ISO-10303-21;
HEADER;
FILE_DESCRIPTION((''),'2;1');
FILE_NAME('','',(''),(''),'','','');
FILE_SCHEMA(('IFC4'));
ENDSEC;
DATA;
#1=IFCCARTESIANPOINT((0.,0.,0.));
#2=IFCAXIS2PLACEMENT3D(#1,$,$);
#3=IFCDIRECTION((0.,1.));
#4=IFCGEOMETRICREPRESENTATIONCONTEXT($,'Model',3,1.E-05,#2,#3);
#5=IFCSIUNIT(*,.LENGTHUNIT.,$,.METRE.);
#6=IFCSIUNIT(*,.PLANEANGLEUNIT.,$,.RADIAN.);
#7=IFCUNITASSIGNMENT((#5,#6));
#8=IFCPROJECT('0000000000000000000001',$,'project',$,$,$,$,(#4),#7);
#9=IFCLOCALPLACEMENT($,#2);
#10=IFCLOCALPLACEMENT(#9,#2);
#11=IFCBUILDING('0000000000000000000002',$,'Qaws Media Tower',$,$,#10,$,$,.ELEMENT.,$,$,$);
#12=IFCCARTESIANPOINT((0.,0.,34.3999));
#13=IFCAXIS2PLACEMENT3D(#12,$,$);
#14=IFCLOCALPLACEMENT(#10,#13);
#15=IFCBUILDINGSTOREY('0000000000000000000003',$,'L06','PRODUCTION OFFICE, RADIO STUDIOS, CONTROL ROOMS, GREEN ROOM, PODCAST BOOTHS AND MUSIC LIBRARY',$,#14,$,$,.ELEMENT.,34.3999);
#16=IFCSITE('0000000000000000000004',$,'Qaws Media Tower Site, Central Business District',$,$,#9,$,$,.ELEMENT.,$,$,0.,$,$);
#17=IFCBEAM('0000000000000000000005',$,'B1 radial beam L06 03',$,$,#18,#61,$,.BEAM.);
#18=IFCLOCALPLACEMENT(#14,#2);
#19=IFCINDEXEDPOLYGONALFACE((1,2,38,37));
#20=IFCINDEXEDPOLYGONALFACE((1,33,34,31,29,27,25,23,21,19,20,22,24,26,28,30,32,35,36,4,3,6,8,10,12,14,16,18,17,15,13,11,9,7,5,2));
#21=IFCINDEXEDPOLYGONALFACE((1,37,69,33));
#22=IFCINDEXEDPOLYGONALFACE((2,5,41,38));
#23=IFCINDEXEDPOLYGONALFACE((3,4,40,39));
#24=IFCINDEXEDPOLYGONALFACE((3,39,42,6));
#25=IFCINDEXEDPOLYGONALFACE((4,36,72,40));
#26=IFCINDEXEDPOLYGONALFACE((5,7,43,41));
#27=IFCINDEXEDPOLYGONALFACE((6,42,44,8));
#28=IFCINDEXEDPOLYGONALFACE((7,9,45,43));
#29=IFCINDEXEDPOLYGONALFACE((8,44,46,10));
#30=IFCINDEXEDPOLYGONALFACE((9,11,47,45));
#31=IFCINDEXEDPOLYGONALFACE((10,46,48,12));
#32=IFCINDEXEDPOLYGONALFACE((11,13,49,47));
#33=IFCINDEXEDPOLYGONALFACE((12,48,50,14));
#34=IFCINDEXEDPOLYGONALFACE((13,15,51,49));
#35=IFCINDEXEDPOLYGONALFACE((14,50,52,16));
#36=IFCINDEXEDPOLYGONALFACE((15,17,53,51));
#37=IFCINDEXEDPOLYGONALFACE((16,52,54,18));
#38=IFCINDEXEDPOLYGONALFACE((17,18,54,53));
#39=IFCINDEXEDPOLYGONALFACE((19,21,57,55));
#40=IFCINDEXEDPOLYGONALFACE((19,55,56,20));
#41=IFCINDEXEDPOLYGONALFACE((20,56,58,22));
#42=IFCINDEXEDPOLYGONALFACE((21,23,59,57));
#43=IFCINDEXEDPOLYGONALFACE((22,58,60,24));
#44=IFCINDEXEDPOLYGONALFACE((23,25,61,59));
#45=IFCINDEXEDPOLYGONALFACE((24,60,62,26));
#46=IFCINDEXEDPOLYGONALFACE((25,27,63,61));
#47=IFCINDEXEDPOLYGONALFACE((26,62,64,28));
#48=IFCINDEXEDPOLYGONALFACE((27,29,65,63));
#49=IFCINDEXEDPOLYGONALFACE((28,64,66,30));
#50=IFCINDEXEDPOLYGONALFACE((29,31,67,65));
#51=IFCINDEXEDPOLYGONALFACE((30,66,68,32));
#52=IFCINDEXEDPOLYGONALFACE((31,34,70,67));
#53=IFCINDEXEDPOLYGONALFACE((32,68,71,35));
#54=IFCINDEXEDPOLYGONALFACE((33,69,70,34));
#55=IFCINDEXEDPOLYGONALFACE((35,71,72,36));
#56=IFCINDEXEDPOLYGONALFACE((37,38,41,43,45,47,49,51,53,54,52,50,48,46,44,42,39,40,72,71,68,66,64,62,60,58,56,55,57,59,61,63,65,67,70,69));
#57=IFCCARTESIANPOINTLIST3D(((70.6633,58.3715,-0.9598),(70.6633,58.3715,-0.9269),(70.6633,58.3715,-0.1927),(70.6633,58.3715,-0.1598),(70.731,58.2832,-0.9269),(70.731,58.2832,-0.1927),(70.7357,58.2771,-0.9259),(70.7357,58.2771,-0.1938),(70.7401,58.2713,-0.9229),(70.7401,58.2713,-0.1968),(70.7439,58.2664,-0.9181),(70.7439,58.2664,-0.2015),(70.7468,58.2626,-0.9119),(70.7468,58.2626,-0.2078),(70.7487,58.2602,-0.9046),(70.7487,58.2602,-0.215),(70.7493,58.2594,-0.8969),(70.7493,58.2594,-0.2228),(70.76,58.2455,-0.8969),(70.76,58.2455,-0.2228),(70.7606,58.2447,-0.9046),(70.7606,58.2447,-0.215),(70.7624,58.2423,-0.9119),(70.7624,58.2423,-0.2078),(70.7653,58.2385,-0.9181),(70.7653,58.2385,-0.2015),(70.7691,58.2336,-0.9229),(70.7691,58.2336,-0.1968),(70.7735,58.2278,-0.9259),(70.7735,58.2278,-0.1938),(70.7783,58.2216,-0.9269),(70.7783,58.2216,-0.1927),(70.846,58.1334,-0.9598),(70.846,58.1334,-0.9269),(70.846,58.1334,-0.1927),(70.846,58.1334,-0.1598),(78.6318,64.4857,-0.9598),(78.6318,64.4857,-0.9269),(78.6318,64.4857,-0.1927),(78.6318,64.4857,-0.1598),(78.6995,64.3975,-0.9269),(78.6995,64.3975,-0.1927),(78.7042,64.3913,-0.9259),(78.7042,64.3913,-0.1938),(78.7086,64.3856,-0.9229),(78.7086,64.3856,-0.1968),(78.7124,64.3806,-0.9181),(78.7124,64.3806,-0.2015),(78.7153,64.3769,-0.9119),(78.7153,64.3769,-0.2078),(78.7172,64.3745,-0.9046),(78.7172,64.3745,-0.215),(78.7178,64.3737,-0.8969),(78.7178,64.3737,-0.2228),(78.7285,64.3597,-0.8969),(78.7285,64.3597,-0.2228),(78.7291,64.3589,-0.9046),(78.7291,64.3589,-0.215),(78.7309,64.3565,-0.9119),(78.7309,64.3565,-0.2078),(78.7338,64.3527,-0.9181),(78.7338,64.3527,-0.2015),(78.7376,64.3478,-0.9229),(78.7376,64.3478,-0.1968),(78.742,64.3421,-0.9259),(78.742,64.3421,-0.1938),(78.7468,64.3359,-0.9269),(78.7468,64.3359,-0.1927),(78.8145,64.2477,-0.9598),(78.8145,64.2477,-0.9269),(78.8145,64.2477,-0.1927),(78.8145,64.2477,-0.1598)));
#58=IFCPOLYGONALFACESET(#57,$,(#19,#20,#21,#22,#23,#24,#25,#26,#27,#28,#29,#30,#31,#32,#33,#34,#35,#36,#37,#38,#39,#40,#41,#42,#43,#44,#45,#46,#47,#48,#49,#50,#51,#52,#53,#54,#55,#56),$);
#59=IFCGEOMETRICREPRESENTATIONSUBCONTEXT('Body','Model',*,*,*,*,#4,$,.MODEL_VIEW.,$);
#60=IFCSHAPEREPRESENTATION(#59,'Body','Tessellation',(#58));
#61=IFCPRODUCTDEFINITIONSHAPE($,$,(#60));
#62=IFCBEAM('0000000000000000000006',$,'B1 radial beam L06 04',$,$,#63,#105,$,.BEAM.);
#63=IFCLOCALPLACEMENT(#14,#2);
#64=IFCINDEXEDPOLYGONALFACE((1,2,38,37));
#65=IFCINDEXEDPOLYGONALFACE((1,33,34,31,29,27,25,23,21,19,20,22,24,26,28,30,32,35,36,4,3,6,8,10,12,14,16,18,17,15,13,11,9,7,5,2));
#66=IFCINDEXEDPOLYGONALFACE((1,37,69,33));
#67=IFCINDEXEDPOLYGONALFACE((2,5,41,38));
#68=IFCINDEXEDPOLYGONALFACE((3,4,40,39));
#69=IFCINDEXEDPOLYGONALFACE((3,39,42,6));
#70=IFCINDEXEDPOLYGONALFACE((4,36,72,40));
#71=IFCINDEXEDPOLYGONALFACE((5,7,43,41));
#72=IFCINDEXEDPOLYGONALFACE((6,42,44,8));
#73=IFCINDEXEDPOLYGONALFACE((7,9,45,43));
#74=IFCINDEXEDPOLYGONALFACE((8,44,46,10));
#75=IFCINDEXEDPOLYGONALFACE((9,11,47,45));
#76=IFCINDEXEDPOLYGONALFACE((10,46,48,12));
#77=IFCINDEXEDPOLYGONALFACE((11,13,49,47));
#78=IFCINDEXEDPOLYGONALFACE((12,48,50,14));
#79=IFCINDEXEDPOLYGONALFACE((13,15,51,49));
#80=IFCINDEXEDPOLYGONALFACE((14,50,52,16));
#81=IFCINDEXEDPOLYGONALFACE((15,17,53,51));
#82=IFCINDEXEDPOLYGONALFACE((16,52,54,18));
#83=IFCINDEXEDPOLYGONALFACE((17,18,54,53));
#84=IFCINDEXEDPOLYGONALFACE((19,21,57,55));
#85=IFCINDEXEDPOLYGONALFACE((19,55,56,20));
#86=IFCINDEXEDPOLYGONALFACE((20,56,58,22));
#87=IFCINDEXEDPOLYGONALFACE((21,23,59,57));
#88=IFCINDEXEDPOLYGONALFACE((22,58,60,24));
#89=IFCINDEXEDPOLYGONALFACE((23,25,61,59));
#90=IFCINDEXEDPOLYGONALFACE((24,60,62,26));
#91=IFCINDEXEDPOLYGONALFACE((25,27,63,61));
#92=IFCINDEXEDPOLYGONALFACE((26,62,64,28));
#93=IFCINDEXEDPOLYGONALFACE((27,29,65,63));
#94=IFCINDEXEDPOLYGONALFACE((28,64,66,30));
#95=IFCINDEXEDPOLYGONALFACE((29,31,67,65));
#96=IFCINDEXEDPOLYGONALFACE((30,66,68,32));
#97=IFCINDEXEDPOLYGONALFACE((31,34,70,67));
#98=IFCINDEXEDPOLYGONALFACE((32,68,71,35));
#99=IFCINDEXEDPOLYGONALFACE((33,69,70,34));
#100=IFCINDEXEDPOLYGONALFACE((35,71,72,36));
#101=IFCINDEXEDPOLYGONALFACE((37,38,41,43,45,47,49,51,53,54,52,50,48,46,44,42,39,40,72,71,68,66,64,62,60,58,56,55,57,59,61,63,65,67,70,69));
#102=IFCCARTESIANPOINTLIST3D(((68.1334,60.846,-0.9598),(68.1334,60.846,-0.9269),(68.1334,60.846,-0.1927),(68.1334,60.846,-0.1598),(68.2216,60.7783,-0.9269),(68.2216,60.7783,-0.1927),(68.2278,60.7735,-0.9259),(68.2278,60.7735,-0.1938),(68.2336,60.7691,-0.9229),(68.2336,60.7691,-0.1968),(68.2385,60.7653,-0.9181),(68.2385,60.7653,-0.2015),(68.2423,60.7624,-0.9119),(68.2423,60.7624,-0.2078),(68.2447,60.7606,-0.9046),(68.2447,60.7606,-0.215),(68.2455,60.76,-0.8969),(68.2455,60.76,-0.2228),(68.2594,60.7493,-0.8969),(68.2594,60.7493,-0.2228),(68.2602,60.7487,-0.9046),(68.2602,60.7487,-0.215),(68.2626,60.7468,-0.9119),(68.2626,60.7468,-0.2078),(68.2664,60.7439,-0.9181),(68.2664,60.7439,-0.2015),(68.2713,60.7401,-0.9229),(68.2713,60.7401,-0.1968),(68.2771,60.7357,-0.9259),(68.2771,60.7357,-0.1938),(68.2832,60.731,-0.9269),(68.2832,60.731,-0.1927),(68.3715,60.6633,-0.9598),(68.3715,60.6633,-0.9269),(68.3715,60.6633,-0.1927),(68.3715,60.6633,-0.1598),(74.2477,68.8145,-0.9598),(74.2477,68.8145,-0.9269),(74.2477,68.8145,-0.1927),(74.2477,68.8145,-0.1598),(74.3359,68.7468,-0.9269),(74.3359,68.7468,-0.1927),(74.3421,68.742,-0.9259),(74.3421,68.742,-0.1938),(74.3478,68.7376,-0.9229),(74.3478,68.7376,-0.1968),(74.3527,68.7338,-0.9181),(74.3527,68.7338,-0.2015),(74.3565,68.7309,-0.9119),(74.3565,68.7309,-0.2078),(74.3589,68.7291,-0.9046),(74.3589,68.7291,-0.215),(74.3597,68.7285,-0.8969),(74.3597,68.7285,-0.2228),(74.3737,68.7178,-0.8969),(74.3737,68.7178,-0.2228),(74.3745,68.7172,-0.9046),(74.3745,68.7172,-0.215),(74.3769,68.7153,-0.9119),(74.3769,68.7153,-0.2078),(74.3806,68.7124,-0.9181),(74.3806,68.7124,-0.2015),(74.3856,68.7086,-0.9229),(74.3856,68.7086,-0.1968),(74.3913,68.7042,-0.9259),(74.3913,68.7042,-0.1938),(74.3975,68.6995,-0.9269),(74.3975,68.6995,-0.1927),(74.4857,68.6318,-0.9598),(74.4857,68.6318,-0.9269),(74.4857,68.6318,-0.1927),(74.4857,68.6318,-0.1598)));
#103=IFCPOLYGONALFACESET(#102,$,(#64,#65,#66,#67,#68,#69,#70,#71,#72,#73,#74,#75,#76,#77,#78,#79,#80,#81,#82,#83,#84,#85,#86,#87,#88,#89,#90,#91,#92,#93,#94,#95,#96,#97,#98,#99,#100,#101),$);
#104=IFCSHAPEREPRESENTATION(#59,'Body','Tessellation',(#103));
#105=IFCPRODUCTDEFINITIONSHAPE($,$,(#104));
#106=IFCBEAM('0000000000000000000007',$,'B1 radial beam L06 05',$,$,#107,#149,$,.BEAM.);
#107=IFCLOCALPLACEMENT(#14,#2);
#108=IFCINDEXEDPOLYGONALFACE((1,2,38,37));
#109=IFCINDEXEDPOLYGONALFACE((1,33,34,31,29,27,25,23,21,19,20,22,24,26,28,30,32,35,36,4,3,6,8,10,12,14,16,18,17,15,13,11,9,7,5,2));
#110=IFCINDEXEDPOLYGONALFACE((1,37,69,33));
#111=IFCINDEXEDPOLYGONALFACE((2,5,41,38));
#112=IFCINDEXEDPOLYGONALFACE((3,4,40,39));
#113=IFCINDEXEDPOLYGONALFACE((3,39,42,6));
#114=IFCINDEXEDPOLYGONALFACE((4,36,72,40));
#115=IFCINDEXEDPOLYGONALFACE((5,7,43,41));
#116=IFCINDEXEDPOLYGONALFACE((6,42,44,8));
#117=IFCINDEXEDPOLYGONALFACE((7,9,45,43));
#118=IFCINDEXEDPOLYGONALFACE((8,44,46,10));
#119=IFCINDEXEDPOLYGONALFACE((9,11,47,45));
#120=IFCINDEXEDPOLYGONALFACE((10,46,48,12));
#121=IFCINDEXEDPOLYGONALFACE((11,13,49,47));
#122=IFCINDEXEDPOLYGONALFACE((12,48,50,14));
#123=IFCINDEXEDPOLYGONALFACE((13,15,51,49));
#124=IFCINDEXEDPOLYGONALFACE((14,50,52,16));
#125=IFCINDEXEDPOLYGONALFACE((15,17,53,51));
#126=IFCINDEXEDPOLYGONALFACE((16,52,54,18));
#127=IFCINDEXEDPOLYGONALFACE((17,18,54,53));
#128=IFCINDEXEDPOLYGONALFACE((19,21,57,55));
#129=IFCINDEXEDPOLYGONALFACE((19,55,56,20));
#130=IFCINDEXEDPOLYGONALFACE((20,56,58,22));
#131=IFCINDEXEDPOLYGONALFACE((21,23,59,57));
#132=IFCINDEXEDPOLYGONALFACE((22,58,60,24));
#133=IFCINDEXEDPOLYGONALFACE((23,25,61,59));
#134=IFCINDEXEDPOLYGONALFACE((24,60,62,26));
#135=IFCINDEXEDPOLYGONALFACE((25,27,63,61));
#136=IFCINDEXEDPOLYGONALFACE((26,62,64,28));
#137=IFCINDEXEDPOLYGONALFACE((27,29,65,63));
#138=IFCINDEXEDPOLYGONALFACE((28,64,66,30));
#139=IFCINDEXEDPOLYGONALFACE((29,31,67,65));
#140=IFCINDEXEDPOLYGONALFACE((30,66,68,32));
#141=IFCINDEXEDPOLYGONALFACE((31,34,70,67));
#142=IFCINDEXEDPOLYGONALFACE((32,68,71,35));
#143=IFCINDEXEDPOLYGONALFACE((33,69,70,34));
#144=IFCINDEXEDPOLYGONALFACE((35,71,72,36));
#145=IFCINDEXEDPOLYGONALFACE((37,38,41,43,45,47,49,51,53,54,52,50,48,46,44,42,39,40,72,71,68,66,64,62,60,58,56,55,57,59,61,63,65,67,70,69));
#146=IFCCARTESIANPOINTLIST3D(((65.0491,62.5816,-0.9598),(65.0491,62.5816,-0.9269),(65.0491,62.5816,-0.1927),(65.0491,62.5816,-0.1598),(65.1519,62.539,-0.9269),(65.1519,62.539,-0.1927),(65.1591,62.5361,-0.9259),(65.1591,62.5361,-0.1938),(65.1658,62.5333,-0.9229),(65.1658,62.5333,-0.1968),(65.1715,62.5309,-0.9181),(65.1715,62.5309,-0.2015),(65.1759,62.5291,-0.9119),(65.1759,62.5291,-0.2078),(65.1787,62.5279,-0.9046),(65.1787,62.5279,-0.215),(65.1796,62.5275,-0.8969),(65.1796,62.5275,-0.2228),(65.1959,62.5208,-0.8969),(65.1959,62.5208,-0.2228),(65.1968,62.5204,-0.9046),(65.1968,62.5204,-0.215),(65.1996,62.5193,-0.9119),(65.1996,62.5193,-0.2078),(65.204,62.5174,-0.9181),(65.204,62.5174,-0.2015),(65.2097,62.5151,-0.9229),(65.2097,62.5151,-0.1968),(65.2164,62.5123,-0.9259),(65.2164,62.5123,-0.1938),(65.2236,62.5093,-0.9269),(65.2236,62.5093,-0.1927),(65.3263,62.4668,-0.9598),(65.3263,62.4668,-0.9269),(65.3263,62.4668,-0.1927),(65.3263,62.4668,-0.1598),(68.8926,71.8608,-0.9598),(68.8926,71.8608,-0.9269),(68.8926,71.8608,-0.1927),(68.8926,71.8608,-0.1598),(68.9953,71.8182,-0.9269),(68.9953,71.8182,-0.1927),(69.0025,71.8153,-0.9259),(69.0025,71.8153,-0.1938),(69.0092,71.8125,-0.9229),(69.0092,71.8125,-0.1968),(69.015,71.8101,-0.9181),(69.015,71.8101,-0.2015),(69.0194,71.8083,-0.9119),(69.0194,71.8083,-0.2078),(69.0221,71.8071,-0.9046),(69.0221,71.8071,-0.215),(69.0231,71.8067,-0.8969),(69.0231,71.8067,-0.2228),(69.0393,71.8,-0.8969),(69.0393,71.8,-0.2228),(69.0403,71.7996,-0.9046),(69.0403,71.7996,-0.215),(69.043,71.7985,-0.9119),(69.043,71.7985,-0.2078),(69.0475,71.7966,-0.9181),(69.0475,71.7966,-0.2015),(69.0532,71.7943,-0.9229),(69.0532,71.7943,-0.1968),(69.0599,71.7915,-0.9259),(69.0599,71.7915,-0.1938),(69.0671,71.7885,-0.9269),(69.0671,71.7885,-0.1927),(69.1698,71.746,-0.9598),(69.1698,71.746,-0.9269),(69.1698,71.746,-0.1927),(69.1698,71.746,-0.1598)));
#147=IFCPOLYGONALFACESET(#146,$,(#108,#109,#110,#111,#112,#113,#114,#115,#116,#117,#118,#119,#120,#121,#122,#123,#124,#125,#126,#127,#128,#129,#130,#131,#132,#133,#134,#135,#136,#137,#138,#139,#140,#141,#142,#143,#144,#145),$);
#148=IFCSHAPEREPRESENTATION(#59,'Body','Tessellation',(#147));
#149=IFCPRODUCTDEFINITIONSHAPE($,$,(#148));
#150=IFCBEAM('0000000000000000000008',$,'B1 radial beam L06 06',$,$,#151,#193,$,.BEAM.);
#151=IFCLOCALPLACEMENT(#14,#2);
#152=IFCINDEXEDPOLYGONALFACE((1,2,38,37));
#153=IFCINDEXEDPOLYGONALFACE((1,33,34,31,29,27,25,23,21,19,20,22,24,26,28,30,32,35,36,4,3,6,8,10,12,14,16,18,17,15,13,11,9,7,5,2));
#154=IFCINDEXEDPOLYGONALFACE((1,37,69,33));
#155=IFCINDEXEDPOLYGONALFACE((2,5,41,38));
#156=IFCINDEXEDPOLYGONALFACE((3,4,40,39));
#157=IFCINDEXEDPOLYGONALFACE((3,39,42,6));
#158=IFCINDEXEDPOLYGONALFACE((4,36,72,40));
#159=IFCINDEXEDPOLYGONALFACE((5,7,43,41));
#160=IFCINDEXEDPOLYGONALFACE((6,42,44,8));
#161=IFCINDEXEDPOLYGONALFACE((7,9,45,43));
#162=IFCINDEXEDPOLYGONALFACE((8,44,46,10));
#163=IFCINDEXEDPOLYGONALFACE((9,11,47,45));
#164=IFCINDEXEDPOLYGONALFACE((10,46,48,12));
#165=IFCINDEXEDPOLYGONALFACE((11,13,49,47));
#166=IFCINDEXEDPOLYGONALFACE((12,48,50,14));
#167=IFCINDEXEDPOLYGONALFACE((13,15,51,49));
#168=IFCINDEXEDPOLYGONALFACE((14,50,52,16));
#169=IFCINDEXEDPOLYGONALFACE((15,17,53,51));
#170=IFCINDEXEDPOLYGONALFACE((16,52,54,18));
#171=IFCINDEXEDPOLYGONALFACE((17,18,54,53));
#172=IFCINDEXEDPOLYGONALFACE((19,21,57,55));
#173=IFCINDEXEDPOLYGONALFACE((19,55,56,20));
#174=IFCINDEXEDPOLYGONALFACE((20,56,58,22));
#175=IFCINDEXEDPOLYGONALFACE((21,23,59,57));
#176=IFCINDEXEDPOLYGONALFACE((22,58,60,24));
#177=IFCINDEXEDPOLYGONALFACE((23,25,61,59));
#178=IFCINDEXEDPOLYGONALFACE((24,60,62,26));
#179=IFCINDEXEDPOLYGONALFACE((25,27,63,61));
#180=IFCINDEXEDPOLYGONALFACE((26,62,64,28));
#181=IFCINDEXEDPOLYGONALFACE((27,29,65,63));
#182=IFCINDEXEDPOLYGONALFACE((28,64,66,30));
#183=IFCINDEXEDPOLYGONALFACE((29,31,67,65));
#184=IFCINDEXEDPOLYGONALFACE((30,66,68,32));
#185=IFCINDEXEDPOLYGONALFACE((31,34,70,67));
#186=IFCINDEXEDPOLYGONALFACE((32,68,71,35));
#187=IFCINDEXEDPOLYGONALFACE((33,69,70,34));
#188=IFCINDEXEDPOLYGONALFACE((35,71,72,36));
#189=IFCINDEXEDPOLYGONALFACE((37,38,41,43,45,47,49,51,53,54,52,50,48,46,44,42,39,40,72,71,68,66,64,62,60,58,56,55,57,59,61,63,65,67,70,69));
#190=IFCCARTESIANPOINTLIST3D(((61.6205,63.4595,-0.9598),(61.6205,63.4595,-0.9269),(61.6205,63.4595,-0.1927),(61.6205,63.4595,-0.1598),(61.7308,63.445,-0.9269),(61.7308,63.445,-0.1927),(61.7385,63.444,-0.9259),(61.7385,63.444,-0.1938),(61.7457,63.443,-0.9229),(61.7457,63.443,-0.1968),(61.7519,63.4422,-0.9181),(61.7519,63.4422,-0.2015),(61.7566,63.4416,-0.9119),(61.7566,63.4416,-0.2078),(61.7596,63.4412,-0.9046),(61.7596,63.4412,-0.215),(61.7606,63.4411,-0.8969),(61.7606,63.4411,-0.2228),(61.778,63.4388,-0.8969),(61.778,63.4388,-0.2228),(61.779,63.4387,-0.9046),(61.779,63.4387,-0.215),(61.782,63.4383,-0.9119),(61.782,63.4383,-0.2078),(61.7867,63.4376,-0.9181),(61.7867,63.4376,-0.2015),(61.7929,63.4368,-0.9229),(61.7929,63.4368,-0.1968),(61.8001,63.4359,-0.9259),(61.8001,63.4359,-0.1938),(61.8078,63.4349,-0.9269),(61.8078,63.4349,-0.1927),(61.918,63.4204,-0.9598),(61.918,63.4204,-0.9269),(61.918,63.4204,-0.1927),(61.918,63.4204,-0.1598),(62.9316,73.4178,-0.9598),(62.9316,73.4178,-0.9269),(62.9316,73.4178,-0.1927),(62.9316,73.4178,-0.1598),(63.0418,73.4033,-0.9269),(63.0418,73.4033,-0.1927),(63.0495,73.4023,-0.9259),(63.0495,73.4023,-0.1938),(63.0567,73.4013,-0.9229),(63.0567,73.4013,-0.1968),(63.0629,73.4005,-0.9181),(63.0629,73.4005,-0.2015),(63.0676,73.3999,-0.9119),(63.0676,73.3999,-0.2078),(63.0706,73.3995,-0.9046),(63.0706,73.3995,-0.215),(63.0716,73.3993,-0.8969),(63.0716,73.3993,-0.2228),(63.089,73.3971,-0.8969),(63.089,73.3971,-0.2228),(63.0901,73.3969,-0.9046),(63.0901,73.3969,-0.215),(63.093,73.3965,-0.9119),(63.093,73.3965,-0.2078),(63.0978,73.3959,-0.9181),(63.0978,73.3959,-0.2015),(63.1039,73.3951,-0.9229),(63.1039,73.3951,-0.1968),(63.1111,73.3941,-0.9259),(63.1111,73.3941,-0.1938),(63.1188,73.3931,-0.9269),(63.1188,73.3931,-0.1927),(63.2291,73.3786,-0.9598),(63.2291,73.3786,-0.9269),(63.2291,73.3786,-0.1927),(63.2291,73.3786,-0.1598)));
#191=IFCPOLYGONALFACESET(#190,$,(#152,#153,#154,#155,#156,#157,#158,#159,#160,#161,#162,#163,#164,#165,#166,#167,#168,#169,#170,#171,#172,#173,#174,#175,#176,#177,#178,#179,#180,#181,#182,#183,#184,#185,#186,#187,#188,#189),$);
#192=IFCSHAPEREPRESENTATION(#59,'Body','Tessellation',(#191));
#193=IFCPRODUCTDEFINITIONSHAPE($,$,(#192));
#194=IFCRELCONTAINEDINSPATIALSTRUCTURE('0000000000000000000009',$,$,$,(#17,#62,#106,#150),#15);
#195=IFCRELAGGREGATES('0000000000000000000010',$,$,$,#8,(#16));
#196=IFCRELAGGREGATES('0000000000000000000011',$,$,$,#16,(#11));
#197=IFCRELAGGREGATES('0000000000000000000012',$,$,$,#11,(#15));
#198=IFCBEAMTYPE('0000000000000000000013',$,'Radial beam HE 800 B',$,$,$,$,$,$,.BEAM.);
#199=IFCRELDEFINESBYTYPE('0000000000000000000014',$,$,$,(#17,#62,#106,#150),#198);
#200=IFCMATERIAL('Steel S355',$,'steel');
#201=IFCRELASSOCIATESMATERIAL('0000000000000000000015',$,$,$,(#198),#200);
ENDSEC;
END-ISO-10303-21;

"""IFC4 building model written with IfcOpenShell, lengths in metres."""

from ifc_helpers import new_model, si_unit, direction, frame, origin, origin_2d, place, context, subcontext, project, spatial, i_section, extrude, material, material_profile, profile_set, type_object, element, save


model = new_model("IFC4")

# Units and contexts
model_context = context("Model", 3, precision=1e-05, world=origin(), true_north=direction((0.0, 1.0)))
body_context = subcontext(model_context, "Body", "Model", "MODEL_VIEW")
ifc_project = project(units=[si_unit("LENGTHUNIT", "METRE"), si_unit("PLANEANGLEUNIT", "RADIAN")], contexts=[model_context])

# Site, building, storey
site_placement = place(None, origin())
site = spatial("IfcSite", under=ifc_project, at=site_placement, Name="Qaws Media Tower Site, Central Business District", CompositionType="ELEMENT", RefElevation=0.0)
building_placement = place(site_placement, origin())
building = spatial("IfcBuilding", under=site, at=building_placement, Name="Qaws Media Tower", CompositionType="ELEMENT")
storey_placement = place(building_placement, frame((0.0, 0.0, 34.3999)))
storey = spatial("IfcBuildingStorey", under=building, at=storey_placement, Name="L06", Description="PRODUCTION OFFICE, RADIO STUDIOS, CONTROL ROOMS, GREEN ROOM, PODCAST BOOTHS AND MUSIC LIBRARY", CompositionType="ELEMENT", Elevation=34.3999)

# Beams
ifc_material_1 = material(Name="Steel S355", Category="steel")
ifc_material_profile_1 = material_profile(ifc_material_1, i_section(OverallWidth=0.3, OverallDepth=0.8, WebThickness=0.0176, FlangeThickness=0.033, FilletRadius=0.03, at=origin_2d()), Name="HE 800 B")
ifc_profile_set_1 = profile_set([ifc_material_profile_1], Name="Steel S355")
beam_type_1 = type_object("IfcBeamType", Name="Radial beam HE 800 B", PredefinedType="BEAM", material=ifc_profile_set_1)
for number, where, z_axis, x_axis, name in (
    (1, (70.7546, 58.2524, -0.5598), (0.793363, 0.608749, 0.0), (-0.608749, 0.793363, 0.0), "B1 radial beam L06 03"),
    (2, (68.2524, 60.7546, -0.5598), (0.608749, 0.793363, 0.0), (-0.793363, 0.608749, 0.0), "B1 radial beam L06 04"),
):
    element("IfcBeam", number, at=place(storey_placement, frame(where, z_axis=z_axis, x_axis=x_axis)), inside=storey, type_object=beam_type_1, Name=name, PredefinedType="BEAM", context=body_context, shape_type="SweptSolid", body=[
        extrude(i_section(OverallWidth=0.3, OverallDepth=0.8, WebThickness=0.0176, FlangeThickness=0.033, FilletRadius=0.03, at=origin_2d()), origin(), (0.0, 0.0, 1.0), 10.0439),
    ])
beam_1_placement = place(storey_placement, frame((65.1877, 62.5242, -0.5598), z_axis=(0.382675, 0.923883, 0.0), x_axis=(-0.923883, 0.382675, 0.0)))
element("IfcBeam", 3, at=beam_1_placement, inside=storey, type_object=beam_type_1, Name="B1 radial beam L06 05", PredefinedType="BEAM", context=body_context, shape_type="SweptSolid", body=[
    extrude(i_section(OverallWidth=0.3, OverallDepth=0.8, WebThickness=0.0176, FlangeThickness=0.033, FilletRadius=0.03, at=origin_2d()), origin(), (0.0, 0.0, 1.0), 10.0437),
])
for number, where, z_axis, x_axis, name in (
    (4, (61.7693, 63.4399, -0.5598), (0.130527, 0.991445, 0.0), (-0.991445, 0.130527, 0.0), "B1 radial beam L06 06"),
):
    element("IfcBeam", number, at=place(storey_placement, frame(where, z_axis=z_axis, x_axis=x_axis)), inside=storey, type_object=beam_type_1, Name=name, PredefinedType="BEAM", context=body_context, shape_type="SweptSolid", body=[
        extrude(i_section(OverallWidth=0.3, OverallDepth=0.8, WebThickness=0.0176, FlangeThickness=0.033, FilletRadius=0.03, at=origin_2d()), origin(), (0.0, 0.0, 1.0), 10.0442),
    ])

save(model, "model.ifc")
